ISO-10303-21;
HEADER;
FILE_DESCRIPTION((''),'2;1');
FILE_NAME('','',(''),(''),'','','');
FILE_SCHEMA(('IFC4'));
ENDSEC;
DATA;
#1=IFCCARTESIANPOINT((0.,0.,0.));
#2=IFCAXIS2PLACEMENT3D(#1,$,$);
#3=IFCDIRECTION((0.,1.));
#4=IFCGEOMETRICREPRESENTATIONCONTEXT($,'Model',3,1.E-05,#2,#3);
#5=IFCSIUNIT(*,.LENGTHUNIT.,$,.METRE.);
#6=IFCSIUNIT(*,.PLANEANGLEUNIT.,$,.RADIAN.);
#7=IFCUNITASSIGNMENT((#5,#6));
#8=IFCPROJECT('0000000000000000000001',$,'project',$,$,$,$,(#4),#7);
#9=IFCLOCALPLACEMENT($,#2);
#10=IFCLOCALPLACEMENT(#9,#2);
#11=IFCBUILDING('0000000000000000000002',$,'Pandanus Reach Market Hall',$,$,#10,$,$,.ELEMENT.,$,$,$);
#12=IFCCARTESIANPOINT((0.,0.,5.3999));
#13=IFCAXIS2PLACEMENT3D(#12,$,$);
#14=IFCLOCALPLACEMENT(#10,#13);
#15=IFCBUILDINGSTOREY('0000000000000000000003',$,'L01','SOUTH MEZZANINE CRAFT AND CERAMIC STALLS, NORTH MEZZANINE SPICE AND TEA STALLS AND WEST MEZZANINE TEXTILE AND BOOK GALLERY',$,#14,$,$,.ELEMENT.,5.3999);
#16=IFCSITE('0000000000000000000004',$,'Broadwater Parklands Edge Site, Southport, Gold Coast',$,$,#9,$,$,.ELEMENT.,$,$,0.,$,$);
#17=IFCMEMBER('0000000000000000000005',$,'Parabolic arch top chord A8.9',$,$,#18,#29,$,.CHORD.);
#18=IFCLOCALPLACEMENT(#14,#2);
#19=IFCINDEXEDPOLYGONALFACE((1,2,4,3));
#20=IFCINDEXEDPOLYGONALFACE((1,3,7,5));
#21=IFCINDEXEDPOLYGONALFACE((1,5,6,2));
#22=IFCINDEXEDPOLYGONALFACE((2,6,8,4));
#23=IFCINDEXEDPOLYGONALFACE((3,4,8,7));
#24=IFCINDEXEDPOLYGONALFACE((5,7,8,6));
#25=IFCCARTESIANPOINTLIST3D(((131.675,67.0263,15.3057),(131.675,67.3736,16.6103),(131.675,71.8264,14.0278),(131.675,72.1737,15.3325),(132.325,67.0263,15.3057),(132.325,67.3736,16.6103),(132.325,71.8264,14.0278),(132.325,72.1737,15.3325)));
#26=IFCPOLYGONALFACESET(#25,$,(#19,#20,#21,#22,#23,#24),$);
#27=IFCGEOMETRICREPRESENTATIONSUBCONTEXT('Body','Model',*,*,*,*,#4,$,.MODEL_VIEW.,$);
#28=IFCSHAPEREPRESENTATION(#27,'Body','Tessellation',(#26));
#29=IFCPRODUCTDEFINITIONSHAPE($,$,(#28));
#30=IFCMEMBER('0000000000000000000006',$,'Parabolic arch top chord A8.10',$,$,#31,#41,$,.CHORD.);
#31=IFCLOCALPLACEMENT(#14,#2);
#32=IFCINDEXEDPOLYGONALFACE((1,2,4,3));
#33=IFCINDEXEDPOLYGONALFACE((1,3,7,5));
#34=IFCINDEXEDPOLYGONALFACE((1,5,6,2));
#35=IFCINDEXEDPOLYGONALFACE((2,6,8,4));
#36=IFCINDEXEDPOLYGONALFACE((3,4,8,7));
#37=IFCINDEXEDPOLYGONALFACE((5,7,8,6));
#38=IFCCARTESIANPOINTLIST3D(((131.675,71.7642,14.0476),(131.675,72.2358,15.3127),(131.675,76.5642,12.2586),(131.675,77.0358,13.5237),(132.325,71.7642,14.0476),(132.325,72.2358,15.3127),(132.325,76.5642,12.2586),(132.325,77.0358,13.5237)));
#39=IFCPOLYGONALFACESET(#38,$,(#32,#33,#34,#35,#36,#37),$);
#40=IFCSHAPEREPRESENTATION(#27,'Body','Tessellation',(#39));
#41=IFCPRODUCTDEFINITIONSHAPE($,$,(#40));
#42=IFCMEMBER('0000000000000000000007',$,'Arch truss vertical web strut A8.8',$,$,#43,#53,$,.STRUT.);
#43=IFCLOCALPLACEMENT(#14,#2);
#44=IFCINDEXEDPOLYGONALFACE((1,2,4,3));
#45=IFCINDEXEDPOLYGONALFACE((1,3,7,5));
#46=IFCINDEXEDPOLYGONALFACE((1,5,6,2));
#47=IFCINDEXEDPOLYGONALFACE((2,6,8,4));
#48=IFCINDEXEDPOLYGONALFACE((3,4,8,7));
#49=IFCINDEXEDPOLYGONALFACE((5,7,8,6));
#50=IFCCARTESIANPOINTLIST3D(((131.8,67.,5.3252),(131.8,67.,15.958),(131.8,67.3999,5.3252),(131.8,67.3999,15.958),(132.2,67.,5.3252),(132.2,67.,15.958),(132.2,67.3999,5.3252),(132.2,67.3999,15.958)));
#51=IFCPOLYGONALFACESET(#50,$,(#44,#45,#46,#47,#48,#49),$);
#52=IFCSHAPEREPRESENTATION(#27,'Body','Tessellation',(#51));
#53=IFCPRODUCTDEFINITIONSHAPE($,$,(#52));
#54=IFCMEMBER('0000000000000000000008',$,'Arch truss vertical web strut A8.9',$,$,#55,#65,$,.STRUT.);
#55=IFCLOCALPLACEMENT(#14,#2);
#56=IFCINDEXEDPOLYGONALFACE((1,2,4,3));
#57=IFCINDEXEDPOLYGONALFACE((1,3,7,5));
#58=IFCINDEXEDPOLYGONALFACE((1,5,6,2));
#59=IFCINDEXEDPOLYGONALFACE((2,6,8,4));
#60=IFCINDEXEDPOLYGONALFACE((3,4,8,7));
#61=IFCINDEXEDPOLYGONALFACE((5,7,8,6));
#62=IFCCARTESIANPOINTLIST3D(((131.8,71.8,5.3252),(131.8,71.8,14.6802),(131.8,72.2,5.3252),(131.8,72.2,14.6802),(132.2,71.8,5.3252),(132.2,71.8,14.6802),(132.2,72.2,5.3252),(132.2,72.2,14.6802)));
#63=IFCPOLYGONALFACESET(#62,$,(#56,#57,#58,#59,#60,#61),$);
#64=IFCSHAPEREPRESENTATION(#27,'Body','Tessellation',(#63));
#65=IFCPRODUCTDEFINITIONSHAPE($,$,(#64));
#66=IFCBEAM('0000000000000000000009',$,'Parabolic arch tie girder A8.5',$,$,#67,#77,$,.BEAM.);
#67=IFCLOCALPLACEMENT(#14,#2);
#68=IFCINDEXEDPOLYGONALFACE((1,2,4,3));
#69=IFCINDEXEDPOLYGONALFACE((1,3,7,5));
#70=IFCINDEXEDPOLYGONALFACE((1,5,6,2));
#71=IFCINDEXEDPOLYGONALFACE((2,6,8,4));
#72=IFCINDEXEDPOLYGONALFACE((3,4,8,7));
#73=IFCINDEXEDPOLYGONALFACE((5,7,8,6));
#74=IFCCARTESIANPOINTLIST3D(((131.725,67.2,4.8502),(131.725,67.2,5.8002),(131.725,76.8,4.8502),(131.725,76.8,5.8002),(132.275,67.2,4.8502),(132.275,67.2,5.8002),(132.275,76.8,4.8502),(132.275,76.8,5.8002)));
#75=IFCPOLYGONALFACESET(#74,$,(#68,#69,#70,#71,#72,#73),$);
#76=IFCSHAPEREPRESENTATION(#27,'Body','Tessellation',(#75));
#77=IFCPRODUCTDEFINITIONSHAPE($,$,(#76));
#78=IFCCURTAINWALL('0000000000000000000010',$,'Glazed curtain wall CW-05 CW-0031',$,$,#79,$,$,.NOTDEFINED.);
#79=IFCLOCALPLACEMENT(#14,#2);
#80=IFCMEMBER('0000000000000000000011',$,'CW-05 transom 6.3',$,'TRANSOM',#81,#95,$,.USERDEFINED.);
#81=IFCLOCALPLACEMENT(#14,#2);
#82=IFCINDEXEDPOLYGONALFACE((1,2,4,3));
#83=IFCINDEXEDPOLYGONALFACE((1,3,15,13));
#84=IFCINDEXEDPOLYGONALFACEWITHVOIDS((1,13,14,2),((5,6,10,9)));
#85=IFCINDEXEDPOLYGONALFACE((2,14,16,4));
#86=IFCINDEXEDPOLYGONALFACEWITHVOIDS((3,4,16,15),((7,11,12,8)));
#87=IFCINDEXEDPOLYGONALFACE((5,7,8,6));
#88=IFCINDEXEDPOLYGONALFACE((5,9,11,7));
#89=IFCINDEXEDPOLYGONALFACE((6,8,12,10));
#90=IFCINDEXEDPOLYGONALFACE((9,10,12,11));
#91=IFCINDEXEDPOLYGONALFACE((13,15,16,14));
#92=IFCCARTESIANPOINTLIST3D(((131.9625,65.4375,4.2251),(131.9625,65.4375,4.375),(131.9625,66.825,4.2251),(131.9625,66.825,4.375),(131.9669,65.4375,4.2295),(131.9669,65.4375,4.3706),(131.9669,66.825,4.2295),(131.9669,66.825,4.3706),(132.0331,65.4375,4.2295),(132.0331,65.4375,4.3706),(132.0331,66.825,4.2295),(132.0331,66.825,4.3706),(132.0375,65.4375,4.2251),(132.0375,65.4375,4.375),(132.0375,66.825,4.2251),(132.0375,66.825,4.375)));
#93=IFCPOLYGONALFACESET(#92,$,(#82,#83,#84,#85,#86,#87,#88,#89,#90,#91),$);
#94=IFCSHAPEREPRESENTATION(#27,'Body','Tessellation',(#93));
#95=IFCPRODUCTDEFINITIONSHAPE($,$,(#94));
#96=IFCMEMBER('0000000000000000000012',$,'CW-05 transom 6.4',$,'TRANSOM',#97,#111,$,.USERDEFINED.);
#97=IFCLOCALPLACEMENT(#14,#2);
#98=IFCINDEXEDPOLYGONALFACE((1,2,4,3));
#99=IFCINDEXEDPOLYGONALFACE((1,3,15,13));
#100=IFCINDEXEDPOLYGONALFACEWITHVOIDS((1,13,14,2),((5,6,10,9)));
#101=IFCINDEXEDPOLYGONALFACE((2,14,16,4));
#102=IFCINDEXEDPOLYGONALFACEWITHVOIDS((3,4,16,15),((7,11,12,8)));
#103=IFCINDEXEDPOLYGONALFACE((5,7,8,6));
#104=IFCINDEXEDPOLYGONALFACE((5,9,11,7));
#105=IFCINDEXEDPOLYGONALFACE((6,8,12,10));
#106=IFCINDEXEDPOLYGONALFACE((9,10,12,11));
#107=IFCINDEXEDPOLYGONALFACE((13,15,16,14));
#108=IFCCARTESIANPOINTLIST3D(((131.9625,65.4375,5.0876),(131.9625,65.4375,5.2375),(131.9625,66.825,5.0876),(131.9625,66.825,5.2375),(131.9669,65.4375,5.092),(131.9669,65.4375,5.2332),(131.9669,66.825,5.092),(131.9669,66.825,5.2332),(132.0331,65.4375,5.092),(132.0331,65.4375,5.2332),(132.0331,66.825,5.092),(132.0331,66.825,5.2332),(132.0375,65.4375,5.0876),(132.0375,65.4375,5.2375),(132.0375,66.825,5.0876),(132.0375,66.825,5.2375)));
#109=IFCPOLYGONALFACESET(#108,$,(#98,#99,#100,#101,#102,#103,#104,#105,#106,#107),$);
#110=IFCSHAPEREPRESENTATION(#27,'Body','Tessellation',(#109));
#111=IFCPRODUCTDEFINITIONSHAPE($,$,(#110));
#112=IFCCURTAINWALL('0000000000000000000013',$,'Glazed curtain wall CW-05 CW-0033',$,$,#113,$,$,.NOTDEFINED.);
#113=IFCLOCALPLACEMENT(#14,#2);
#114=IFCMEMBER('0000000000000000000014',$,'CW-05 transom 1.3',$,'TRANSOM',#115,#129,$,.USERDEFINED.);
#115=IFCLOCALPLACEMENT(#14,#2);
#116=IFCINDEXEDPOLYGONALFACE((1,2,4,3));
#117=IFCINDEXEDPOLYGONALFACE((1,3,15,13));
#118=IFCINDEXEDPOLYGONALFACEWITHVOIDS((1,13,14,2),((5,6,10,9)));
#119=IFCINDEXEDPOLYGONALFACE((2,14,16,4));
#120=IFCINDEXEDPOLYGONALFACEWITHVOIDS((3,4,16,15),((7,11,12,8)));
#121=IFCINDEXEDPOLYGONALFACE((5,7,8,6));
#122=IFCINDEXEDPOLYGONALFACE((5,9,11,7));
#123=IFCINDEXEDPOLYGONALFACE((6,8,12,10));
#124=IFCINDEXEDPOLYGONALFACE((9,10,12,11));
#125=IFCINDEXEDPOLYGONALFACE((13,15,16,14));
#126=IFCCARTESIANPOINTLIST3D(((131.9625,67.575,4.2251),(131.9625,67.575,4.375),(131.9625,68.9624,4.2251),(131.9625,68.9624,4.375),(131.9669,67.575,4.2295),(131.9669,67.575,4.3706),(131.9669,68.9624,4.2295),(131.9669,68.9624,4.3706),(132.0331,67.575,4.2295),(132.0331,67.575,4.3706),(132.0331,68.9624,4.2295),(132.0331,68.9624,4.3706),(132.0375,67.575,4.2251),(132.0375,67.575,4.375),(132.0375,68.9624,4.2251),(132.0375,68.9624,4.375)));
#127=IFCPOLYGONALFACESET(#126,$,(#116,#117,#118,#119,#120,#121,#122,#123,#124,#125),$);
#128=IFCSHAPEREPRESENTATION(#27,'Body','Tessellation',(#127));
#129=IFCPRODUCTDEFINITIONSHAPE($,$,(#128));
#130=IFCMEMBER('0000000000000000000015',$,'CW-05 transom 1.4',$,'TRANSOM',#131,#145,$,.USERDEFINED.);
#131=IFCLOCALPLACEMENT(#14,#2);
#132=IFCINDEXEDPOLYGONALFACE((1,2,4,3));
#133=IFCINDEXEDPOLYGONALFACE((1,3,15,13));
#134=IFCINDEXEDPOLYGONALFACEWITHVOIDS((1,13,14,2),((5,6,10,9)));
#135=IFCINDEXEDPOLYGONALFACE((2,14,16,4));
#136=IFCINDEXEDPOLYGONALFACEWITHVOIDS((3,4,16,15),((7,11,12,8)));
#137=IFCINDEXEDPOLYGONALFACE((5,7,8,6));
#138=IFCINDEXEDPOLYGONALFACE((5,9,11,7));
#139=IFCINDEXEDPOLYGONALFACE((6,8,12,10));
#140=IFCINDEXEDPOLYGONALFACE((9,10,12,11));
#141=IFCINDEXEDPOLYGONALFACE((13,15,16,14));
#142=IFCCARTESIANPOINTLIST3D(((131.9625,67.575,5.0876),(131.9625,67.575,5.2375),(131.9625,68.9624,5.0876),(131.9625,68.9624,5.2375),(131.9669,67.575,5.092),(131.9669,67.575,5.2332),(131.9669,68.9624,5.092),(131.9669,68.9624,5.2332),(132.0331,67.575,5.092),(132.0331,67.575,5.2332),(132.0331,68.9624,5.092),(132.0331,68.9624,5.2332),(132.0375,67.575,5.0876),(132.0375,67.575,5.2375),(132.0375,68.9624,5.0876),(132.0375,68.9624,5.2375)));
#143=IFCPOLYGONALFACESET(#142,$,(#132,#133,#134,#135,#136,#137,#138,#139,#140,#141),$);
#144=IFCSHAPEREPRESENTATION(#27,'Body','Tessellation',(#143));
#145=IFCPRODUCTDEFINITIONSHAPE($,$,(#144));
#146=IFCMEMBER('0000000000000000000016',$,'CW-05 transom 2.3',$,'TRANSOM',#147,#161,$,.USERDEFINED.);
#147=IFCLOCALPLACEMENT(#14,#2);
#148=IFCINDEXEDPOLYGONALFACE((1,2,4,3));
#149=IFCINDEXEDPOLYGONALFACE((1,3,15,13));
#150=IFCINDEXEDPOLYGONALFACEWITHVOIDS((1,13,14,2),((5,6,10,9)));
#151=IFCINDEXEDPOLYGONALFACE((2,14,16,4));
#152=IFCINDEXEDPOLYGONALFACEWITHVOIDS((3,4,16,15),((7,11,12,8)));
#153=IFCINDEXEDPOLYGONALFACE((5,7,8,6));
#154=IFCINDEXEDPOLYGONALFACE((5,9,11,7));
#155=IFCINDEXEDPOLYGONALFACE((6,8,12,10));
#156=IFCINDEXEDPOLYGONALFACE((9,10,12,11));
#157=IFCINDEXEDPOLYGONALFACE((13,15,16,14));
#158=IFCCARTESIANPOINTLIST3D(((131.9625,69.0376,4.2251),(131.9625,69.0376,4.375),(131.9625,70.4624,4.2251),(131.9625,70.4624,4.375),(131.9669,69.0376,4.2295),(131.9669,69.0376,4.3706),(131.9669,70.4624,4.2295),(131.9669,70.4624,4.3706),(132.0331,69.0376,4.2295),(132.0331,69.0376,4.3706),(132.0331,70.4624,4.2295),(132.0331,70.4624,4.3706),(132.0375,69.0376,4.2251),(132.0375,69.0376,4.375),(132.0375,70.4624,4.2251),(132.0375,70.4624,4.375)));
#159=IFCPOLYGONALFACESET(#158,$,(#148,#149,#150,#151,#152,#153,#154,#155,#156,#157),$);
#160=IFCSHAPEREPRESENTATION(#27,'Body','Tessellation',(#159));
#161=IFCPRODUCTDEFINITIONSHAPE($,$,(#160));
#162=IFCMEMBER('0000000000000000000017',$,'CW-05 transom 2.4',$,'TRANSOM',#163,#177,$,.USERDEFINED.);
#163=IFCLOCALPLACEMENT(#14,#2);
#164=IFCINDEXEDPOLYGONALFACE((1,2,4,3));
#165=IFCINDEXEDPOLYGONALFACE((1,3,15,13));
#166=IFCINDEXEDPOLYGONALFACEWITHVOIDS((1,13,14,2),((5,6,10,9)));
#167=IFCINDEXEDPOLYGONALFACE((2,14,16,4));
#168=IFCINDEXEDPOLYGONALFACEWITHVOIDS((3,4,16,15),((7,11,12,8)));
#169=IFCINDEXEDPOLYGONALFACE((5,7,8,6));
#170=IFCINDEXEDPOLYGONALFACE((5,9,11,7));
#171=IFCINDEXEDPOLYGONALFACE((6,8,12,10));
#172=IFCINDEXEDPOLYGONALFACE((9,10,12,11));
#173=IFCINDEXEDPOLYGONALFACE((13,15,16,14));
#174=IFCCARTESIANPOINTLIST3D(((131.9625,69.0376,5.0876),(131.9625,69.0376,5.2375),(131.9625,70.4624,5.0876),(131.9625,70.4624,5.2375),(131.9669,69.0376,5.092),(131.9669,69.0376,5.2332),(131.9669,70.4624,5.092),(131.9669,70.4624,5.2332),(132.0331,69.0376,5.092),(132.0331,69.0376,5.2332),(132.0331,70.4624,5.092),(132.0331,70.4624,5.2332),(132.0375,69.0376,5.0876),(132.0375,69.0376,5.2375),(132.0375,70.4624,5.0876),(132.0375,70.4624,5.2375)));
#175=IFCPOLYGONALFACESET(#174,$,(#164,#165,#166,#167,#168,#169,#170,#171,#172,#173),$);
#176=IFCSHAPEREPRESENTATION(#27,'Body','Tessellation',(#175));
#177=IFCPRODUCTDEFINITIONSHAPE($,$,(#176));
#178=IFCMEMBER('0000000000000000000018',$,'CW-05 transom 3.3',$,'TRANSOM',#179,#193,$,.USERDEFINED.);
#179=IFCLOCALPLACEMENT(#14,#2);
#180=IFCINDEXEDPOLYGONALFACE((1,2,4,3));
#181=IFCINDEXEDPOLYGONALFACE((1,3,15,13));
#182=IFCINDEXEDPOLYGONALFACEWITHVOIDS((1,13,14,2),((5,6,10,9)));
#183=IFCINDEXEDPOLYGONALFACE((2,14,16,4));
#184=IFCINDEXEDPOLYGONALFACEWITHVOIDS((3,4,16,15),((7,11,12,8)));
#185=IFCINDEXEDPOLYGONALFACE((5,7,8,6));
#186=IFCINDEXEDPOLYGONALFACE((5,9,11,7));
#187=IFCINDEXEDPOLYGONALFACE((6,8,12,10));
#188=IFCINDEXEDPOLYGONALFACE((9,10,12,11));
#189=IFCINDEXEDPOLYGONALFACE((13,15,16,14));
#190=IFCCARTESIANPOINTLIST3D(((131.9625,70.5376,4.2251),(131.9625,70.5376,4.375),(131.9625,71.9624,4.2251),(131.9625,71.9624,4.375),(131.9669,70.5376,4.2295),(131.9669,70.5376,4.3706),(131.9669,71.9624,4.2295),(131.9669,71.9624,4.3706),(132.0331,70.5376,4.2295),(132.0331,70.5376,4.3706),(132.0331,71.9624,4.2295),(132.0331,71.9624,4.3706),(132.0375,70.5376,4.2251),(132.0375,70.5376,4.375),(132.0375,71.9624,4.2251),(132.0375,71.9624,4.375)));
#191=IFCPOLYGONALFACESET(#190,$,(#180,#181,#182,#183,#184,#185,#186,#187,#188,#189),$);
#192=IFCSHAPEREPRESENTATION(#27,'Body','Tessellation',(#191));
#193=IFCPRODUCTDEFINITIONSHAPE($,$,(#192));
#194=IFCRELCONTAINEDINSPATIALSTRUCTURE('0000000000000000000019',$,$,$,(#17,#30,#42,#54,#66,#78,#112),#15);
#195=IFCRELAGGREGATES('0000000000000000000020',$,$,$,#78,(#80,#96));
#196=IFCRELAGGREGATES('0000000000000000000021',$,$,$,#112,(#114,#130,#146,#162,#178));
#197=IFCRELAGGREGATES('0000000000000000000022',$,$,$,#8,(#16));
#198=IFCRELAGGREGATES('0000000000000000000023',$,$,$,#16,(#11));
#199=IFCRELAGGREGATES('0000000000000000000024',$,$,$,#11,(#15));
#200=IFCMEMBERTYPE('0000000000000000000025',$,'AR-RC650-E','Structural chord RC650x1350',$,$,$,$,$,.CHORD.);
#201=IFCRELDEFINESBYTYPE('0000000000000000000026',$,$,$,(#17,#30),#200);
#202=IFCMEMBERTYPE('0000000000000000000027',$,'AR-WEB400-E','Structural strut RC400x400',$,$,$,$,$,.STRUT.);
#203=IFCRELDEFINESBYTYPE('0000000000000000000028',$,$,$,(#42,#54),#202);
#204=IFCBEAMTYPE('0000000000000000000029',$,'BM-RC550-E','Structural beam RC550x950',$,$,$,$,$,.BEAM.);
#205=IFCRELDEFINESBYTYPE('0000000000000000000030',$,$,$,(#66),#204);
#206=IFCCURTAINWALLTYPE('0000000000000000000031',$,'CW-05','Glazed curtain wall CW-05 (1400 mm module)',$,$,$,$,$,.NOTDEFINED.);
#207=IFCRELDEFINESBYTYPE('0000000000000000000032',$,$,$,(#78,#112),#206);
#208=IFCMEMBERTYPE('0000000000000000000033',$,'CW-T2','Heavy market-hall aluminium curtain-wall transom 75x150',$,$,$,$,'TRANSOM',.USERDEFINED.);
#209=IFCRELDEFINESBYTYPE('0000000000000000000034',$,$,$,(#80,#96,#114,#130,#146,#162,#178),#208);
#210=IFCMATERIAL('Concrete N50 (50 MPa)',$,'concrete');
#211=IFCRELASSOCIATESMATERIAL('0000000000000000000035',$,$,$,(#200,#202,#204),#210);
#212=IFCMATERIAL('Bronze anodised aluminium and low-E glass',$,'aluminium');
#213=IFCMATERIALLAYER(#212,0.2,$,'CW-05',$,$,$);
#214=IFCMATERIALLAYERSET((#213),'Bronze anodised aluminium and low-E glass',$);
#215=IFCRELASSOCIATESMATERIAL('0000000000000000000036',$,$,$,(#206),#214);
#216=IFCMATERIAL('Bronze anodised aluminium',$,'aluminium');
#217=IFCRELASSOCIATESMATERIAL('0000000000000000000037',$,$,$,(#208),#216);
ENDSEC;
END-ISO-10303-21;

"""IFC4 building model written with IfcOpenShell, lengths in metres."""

from ifc_helpers import new_model, si_unit, direction, frame, origin, origin_2d, place, context, subcontext, project, spatial, rectangle, hollow_rectangle, extrude, material, layer, layer_set, material_profile, profile_set, type_object, element, aggregate, save


model = new_model("IFC4")

# Units and contexts
model_context = context("Model", 3, precision=1e-05, world=origin(), true_north=direction((0.0, 1.0)))
body_context = subcontext(model_context, "Body", "Model", "MODEL_VIEW")
ifc_project = project(units=[si_unit("LENGTHUNIT", "METRE"), si_unit("PLANEANGLEUNIT", "RADIAN")], contexts=[model_context])

# Site, building, storey
site_placement = place(None, origin())
site = spatial("IfcSite", under=ifc_project, at=site_placement, Name="Broadwater Parklands Edge Site, Southport, Gold Coast", CompositionType="ELEMENT", RefElevation=0.0)
building_placement = place(site_placement, origin())
building = spatial("IfcBuilding", under=site, at=building_placement, Name="Pandanus Reach Market Hall", CompositionType="ELEMENT")
storey_placement = place(building_placement, frame((0.0, 0.0, 5.3999)))
storey = spatial("IfcBuildingStorey", under=building, at=storey_placement, Name="L01", Description="SOUTH MEZZANINE CRAFT AND CERAMIC STALLS, NORTH MEZZANINE SPICE AND TEA STALLS AND WEST MEZZANINE TEXTILE AND BOOK GALLERY", CompositionType="ELEMENT", Elevation=5.3999)

# Members
ifc_material_1 = material(Name="Concrete N50 (50 MPa)", Category="concrete")
ifc_material_profile_1 = material_profile(ifc_material_1, rectangle(XDim=0.6499, YDim=1.3501, at=origin_2d()), Name="RC650x1350", Category="LoadBearing")
ifc_profile_set_1 = profile_set([ifc_material_profile_1], Name="Concrete N50 (50 MPa)")
member_type_1 = type_object("IfcMemberType", Name="AR-RC650-E", Description="Structural chord RC650x1350", PredefinedType="CHORD", material=ifc_profile_set_1)
member_1_placement = place(storey_placement, frame((132.0, 67.2, 15.958), z_axis=(0.0, 0.966344, -0.257253), x_axis=(-1.0, 0.0, 0.0)))
element("IfcMember", 1, at=member_1_placement, inside=storey, type_object=member_type_1, Name="Parabolic arch top chord A8.9", PredefinedType="CHORD", context=body_context, shape_type="SweptSolid", body=[
    extrude(rectangle(XDim=0.6499, YDim=1.3501, at=origin_2d()), origin(), (0.0, 0.0, 1.0), 4.9673),
])
member_2_placement = place(storey_placement, frame((132.0, 72.0, 14.6802), z_axis=(0.0, 0.93703, -0.349248), x_axis=(-1.0, 0.0, 0.0)))
element("IfcMember", 2, at=member_2_placement, inside=storey, type_object=member_type_1, Name="Parabolic arch top chord A8.10", PredefinedType="CHORD", context=body_context, shape_type="SweptSolid", body=[
    extrude(rectangle(XDim=0.6499, YDim=1.3501, at=origin_2d()), origin(), (0.0, 0.0, 1.0), 5.1226),
])
ifc_material_profile_2 = material_profile(ifc_material_1, rectangle(XDim=0.3999, YDim=0.3999, at=origin_2d()), Name="RC400x400", Category="LoadBearing")
ifc_profile_set_2 = profile_set([ifc_material_profile_2], Name="Concrete N50 (50 MPa)")
member_type_2 = type_object("IfcMemberType", Name="AR-WEB400-E", Description="Structural strut RC400x400", PredefinedType="STRUT", material=ifc_profile_set_2)
member_3_placement = place(storey_placement, frame((132.0, 67.2, 5.3252), z_axis=(0.0, 0.0, 1.0), x_axis=(1.0, 0.0, 0.0)))
element("IfcMember", 3, at=member_3_placement, inside=storey, type_object=member_type_2, Name="Arch truss vertical web strut A8.8", PredefinedType="STRUT", context=body_context, shape_type="SweptSolid", body=[
    extrude(rectangle(XDim=0.3999, YDim=0.3999, at=origin_2d()), origin(), (0.0, 0.0, 1.0), 10.6328),
])
member_4_placement = place(storey_placement, frame((132.0, 72.0, 5.3252), z_axis=(0.0, 0.0, 1.0), x_axis=(1.0, 0.0, 0.0)))
element("IfcMember", 4, at=member_4_placement, inside=storey, type_object=member_type_2, Name="Arch truss vertical web strut A8.9", PredefinedType="STRUT", context=body_context, shape_type="SweptSolid", body=[
    extrude(rectangle(XDim=0.3999, YDim=0.3999, at=origin_2d()), origin(), (0.0, 0.0, 1.0), 9.355),
])

# Beam
ifc_material_profile_3 = material_profile(ifc_material_1, rectangle(XDim=0.55, YDim=0.95, at=origin_2d()), Name="RC550x950", Category="LoadBearing")
ifc_profile_set_3 = profile_set([ifc_material_profile_3], Name="Concrete N50 (50 MPa)")
beam_type = type_object("IfcBeamType", Name="BM-RC550-E", Description="Structural beam RC550x950", PredefinedType="BEAM", material=ifc_profile_set_3)
beam_placement = place(storey_placement, frame((132.0, 67.2, 5.3252), z_axis=(0.0, 1.0, 0.0), x_axis=(-1.0, 0.0, 0.0)))
element("IfcBeam", 5, at=beam_placement, inside=storey, type_object=beam_type, Name="Parabolic arch tie girder A8.5", PredefinedType="BEAM", context=body_context, shape_type="SweptSolid", body=[
    extrude(rectangle(XDim=0.55, YDim=0.95, at=origin_2d()), origin(), (0.0, 0.0, 1.0), 9.6001),
])

# Curtain walls, members
ifc_material_2 = material(Name="Bronze anodised aluminium and low-E glass", Category="aluminium")
ifc_layer_1 = layer(ifc_material_2, 0.2, Name="CW-05")
ifc_layer_set_1 = layer_set([ifc_layer_1], Name="Bronze anodised aluminium and low-E glass")
curtain_wall_type = type_object("IfcCurtainWallType", Name="CW-05", Description="Glazed curtain wall CW-05 (1400 mm module)", PredefinedType="NOTDEFINED", material=ifc_layer_set_1)
curtain_wall_1_placement = place(storey_placement, origin())
curtain_wall_1 = element("IfcCurtainWall", 6, at=curtain_wall_1_placement, inside=storey, type_object=curtain_wall_type, Name="Glazed curtain wall CW-05 CW-0031", PredefinedType="NOTDEFINED")
ifc_material_3 = material(Name="Bronze anodised aluminium", Category="aluminium")
ifc_material_profile_4 = material_profile(ifc_material_3, hollow_rectangle(XDim=0.075, YDim=0.1499, WallThickness=0.0044, at=origin_2d()), Name="ALU75x150", Category="LoadBearing")
ifc_profile_set_4 = profile_set([ifc_material_profile_4], Name="Bronze anodised aluminium")
member_type_3 = type_object("IfcMemberType", Name="CW-T2", Description="Heavy market-hall aluminium curtain-wall transom 75x150", ElementType="TRANSOM", PredefinedType="USERDEFINED", material=ifc_profile_set_4)
member_5_placement = place(storey_placement, frame((132.0, 65.4375, 4.3), z_axis=(0.0, 1.0, 0.0), x_axis=(-1.0, 0.0, 0.0)))
member_5 = element("IfcMember", 7, at=member_5_placement, type_object=member_type_3, Name="CW-05 transom 6.3", ObjectType="TRANSOM", PredefinedType="USERDEFINED", context=body_context, shape_type="SweptSolid", body=[
    extrude(hollow_rectangle(XDim=0.075, YDim=0.1499, WallThickness=0.0044, at=origin_2d()), origin(), (0.0, 0.0, 1.0), 1.3875),
])
member_6_placement = place(storey_placement, frame((132.0, 65.4375, 5.1626), z_axis=(0.0, 1.0, 0.0), x_axis=(-1.0, 0.0, 0.0)))
member_6 = element("IfcMember", 8, at=member_6_placement, type_object=member_type_3, Name="CW-05 transom 6.4", ObjectType="TRANSOM", PredefinedType="USERDEFINED", context=body_context, shape_type="SweptSolid", body=[
    extrude(hollow_rectangle(XDim=0.075, YDim=0.1499, WallThickness=0.0044, at=origin_2d()), origin(), (0.0, 0.0, 1.0), 1.3875),
])
curtain_wall_2_placement = place(storey_placement, origin())
curtain_wall_2 = element("IfcCurtainWall", 9, at=curtain_wall_2_placement, inside=storey, type_object=curtain_wall_type, Name="Glazed curtain wall CW-05 CW-0033", PredefinedType="NOTDEFINED")
member_7_placement = place(storey_placement, frame((132.0, 67.575, 4.3), z_axis=(0.0, 1.0, 0.0), x_axis=(-1.0, 0.0, 0.0)))
member_7 = element("IfcMember", 10, at=member_7_placement, type_object=member_type_3, Name="CW-05 transom 1.3", ObjectType="TRANSOM", PredefinedType="USERDEFINED", context=body_context, shape_type="SweptSolid", body=[
    extrude(hollow_rectangle(XDim=0.075, YDim=0.1499, WallThickness=0.0044, at=origin_2d()), origin(), (0.0, 0.0, 1.0), 1.3875),
])
member_8_placement = place(storey_placement, frame((132.0, 67.575, 5.1626), z_axis=(0.0, 1.0, 0.0), x_axis=(-1.0, 0.0, 0.0)))
member_8 = element("IfcMember", 11, at=member_8_placement, type_object=member_type_3, Name="CW-05 transom 1.4", ObjectType="TRANSOM", PredefinedType="USERDEFINED", context=body_context, shape_type="SweptSolid", body=[
    extrude(hollow_rectangle(XDim=0.075, YDim=0.1499, WallThickness=0.0044, at=origin_2d()), origin(), (0.0, 0.0, 1.0), 1.3875),
])
member_9_placement = place(storey_placement, frame((132.0, 69.0376, 4.3), z_axis=(0.0, 1.0, 0.0), x_axis=(-1.0, 0.0, 0.0)))
member_9 = element("IfcMember", 12, at=member_9_placement, type_object=member_type_3, Name="CW-05 transom 2.3", ObjectType="TRANSOM", PredefinedType="USERDEFINED", context=body_context, shape_type="SweptSolid", body=[
    extrude(hollow_rectangle(XDim=0.075, YDim=0.1499, WallThickness=0.0044, at=origin_2d()), origin(), (0.0, 0.0, 1.0), 1.4248),
])
member_10_placement = place(storey_placement, frame((132.0, 69.0376, 5.1626), z_axis=(0.0, 1.0, 0.0), x_axis=(-1.0, 0.0, 0.0)))
member_10 = element("IfcMember", 13, at=member_10_placement, type_object=member_type_3, Name="CW-05 transom 2.4", ObjectType="TRANSOM", PredefinedType="USERDEFINED", context=body_context, shape_type="SweptSolid", body=[
    extrude(hollow_rectangle(XDim=0.075, YDim=0.1499, WallThickness=0.0044, at=origin_2d()), origin(), (0.0, 0.0, 1.0), 1.4248),
])
member_11_placement = place(storey_placement, frame((132.0, 70.5376, 4.3), z_axis=(0.0, 1.0, 0.0), x_axis=(-1.0, 0.0, 0.0)))
member_11 = element("IfcMember", 14, at=member_11_placement, type_object=member_type_3, Name="CW-05 transom 3.3", ObjectType="TRANSOM", PredefinedType="USERDEFINED", context=body_context, shape_type="SweptSolid", body=[
    extrude(hollow_rectangle(XDim=0.075, YDim=0.1499, WallThickness=0.0044, at=origin_2d()), origin(), (0.0, 0.0, 1.0), 1.4248),
])

aggregate(curtain_wall_1, [member_5, member_6])
aggregate(curtain_wall_2, [member_7, member_8, member_9, member_10, member_11])

save(model, "model.ifc")
